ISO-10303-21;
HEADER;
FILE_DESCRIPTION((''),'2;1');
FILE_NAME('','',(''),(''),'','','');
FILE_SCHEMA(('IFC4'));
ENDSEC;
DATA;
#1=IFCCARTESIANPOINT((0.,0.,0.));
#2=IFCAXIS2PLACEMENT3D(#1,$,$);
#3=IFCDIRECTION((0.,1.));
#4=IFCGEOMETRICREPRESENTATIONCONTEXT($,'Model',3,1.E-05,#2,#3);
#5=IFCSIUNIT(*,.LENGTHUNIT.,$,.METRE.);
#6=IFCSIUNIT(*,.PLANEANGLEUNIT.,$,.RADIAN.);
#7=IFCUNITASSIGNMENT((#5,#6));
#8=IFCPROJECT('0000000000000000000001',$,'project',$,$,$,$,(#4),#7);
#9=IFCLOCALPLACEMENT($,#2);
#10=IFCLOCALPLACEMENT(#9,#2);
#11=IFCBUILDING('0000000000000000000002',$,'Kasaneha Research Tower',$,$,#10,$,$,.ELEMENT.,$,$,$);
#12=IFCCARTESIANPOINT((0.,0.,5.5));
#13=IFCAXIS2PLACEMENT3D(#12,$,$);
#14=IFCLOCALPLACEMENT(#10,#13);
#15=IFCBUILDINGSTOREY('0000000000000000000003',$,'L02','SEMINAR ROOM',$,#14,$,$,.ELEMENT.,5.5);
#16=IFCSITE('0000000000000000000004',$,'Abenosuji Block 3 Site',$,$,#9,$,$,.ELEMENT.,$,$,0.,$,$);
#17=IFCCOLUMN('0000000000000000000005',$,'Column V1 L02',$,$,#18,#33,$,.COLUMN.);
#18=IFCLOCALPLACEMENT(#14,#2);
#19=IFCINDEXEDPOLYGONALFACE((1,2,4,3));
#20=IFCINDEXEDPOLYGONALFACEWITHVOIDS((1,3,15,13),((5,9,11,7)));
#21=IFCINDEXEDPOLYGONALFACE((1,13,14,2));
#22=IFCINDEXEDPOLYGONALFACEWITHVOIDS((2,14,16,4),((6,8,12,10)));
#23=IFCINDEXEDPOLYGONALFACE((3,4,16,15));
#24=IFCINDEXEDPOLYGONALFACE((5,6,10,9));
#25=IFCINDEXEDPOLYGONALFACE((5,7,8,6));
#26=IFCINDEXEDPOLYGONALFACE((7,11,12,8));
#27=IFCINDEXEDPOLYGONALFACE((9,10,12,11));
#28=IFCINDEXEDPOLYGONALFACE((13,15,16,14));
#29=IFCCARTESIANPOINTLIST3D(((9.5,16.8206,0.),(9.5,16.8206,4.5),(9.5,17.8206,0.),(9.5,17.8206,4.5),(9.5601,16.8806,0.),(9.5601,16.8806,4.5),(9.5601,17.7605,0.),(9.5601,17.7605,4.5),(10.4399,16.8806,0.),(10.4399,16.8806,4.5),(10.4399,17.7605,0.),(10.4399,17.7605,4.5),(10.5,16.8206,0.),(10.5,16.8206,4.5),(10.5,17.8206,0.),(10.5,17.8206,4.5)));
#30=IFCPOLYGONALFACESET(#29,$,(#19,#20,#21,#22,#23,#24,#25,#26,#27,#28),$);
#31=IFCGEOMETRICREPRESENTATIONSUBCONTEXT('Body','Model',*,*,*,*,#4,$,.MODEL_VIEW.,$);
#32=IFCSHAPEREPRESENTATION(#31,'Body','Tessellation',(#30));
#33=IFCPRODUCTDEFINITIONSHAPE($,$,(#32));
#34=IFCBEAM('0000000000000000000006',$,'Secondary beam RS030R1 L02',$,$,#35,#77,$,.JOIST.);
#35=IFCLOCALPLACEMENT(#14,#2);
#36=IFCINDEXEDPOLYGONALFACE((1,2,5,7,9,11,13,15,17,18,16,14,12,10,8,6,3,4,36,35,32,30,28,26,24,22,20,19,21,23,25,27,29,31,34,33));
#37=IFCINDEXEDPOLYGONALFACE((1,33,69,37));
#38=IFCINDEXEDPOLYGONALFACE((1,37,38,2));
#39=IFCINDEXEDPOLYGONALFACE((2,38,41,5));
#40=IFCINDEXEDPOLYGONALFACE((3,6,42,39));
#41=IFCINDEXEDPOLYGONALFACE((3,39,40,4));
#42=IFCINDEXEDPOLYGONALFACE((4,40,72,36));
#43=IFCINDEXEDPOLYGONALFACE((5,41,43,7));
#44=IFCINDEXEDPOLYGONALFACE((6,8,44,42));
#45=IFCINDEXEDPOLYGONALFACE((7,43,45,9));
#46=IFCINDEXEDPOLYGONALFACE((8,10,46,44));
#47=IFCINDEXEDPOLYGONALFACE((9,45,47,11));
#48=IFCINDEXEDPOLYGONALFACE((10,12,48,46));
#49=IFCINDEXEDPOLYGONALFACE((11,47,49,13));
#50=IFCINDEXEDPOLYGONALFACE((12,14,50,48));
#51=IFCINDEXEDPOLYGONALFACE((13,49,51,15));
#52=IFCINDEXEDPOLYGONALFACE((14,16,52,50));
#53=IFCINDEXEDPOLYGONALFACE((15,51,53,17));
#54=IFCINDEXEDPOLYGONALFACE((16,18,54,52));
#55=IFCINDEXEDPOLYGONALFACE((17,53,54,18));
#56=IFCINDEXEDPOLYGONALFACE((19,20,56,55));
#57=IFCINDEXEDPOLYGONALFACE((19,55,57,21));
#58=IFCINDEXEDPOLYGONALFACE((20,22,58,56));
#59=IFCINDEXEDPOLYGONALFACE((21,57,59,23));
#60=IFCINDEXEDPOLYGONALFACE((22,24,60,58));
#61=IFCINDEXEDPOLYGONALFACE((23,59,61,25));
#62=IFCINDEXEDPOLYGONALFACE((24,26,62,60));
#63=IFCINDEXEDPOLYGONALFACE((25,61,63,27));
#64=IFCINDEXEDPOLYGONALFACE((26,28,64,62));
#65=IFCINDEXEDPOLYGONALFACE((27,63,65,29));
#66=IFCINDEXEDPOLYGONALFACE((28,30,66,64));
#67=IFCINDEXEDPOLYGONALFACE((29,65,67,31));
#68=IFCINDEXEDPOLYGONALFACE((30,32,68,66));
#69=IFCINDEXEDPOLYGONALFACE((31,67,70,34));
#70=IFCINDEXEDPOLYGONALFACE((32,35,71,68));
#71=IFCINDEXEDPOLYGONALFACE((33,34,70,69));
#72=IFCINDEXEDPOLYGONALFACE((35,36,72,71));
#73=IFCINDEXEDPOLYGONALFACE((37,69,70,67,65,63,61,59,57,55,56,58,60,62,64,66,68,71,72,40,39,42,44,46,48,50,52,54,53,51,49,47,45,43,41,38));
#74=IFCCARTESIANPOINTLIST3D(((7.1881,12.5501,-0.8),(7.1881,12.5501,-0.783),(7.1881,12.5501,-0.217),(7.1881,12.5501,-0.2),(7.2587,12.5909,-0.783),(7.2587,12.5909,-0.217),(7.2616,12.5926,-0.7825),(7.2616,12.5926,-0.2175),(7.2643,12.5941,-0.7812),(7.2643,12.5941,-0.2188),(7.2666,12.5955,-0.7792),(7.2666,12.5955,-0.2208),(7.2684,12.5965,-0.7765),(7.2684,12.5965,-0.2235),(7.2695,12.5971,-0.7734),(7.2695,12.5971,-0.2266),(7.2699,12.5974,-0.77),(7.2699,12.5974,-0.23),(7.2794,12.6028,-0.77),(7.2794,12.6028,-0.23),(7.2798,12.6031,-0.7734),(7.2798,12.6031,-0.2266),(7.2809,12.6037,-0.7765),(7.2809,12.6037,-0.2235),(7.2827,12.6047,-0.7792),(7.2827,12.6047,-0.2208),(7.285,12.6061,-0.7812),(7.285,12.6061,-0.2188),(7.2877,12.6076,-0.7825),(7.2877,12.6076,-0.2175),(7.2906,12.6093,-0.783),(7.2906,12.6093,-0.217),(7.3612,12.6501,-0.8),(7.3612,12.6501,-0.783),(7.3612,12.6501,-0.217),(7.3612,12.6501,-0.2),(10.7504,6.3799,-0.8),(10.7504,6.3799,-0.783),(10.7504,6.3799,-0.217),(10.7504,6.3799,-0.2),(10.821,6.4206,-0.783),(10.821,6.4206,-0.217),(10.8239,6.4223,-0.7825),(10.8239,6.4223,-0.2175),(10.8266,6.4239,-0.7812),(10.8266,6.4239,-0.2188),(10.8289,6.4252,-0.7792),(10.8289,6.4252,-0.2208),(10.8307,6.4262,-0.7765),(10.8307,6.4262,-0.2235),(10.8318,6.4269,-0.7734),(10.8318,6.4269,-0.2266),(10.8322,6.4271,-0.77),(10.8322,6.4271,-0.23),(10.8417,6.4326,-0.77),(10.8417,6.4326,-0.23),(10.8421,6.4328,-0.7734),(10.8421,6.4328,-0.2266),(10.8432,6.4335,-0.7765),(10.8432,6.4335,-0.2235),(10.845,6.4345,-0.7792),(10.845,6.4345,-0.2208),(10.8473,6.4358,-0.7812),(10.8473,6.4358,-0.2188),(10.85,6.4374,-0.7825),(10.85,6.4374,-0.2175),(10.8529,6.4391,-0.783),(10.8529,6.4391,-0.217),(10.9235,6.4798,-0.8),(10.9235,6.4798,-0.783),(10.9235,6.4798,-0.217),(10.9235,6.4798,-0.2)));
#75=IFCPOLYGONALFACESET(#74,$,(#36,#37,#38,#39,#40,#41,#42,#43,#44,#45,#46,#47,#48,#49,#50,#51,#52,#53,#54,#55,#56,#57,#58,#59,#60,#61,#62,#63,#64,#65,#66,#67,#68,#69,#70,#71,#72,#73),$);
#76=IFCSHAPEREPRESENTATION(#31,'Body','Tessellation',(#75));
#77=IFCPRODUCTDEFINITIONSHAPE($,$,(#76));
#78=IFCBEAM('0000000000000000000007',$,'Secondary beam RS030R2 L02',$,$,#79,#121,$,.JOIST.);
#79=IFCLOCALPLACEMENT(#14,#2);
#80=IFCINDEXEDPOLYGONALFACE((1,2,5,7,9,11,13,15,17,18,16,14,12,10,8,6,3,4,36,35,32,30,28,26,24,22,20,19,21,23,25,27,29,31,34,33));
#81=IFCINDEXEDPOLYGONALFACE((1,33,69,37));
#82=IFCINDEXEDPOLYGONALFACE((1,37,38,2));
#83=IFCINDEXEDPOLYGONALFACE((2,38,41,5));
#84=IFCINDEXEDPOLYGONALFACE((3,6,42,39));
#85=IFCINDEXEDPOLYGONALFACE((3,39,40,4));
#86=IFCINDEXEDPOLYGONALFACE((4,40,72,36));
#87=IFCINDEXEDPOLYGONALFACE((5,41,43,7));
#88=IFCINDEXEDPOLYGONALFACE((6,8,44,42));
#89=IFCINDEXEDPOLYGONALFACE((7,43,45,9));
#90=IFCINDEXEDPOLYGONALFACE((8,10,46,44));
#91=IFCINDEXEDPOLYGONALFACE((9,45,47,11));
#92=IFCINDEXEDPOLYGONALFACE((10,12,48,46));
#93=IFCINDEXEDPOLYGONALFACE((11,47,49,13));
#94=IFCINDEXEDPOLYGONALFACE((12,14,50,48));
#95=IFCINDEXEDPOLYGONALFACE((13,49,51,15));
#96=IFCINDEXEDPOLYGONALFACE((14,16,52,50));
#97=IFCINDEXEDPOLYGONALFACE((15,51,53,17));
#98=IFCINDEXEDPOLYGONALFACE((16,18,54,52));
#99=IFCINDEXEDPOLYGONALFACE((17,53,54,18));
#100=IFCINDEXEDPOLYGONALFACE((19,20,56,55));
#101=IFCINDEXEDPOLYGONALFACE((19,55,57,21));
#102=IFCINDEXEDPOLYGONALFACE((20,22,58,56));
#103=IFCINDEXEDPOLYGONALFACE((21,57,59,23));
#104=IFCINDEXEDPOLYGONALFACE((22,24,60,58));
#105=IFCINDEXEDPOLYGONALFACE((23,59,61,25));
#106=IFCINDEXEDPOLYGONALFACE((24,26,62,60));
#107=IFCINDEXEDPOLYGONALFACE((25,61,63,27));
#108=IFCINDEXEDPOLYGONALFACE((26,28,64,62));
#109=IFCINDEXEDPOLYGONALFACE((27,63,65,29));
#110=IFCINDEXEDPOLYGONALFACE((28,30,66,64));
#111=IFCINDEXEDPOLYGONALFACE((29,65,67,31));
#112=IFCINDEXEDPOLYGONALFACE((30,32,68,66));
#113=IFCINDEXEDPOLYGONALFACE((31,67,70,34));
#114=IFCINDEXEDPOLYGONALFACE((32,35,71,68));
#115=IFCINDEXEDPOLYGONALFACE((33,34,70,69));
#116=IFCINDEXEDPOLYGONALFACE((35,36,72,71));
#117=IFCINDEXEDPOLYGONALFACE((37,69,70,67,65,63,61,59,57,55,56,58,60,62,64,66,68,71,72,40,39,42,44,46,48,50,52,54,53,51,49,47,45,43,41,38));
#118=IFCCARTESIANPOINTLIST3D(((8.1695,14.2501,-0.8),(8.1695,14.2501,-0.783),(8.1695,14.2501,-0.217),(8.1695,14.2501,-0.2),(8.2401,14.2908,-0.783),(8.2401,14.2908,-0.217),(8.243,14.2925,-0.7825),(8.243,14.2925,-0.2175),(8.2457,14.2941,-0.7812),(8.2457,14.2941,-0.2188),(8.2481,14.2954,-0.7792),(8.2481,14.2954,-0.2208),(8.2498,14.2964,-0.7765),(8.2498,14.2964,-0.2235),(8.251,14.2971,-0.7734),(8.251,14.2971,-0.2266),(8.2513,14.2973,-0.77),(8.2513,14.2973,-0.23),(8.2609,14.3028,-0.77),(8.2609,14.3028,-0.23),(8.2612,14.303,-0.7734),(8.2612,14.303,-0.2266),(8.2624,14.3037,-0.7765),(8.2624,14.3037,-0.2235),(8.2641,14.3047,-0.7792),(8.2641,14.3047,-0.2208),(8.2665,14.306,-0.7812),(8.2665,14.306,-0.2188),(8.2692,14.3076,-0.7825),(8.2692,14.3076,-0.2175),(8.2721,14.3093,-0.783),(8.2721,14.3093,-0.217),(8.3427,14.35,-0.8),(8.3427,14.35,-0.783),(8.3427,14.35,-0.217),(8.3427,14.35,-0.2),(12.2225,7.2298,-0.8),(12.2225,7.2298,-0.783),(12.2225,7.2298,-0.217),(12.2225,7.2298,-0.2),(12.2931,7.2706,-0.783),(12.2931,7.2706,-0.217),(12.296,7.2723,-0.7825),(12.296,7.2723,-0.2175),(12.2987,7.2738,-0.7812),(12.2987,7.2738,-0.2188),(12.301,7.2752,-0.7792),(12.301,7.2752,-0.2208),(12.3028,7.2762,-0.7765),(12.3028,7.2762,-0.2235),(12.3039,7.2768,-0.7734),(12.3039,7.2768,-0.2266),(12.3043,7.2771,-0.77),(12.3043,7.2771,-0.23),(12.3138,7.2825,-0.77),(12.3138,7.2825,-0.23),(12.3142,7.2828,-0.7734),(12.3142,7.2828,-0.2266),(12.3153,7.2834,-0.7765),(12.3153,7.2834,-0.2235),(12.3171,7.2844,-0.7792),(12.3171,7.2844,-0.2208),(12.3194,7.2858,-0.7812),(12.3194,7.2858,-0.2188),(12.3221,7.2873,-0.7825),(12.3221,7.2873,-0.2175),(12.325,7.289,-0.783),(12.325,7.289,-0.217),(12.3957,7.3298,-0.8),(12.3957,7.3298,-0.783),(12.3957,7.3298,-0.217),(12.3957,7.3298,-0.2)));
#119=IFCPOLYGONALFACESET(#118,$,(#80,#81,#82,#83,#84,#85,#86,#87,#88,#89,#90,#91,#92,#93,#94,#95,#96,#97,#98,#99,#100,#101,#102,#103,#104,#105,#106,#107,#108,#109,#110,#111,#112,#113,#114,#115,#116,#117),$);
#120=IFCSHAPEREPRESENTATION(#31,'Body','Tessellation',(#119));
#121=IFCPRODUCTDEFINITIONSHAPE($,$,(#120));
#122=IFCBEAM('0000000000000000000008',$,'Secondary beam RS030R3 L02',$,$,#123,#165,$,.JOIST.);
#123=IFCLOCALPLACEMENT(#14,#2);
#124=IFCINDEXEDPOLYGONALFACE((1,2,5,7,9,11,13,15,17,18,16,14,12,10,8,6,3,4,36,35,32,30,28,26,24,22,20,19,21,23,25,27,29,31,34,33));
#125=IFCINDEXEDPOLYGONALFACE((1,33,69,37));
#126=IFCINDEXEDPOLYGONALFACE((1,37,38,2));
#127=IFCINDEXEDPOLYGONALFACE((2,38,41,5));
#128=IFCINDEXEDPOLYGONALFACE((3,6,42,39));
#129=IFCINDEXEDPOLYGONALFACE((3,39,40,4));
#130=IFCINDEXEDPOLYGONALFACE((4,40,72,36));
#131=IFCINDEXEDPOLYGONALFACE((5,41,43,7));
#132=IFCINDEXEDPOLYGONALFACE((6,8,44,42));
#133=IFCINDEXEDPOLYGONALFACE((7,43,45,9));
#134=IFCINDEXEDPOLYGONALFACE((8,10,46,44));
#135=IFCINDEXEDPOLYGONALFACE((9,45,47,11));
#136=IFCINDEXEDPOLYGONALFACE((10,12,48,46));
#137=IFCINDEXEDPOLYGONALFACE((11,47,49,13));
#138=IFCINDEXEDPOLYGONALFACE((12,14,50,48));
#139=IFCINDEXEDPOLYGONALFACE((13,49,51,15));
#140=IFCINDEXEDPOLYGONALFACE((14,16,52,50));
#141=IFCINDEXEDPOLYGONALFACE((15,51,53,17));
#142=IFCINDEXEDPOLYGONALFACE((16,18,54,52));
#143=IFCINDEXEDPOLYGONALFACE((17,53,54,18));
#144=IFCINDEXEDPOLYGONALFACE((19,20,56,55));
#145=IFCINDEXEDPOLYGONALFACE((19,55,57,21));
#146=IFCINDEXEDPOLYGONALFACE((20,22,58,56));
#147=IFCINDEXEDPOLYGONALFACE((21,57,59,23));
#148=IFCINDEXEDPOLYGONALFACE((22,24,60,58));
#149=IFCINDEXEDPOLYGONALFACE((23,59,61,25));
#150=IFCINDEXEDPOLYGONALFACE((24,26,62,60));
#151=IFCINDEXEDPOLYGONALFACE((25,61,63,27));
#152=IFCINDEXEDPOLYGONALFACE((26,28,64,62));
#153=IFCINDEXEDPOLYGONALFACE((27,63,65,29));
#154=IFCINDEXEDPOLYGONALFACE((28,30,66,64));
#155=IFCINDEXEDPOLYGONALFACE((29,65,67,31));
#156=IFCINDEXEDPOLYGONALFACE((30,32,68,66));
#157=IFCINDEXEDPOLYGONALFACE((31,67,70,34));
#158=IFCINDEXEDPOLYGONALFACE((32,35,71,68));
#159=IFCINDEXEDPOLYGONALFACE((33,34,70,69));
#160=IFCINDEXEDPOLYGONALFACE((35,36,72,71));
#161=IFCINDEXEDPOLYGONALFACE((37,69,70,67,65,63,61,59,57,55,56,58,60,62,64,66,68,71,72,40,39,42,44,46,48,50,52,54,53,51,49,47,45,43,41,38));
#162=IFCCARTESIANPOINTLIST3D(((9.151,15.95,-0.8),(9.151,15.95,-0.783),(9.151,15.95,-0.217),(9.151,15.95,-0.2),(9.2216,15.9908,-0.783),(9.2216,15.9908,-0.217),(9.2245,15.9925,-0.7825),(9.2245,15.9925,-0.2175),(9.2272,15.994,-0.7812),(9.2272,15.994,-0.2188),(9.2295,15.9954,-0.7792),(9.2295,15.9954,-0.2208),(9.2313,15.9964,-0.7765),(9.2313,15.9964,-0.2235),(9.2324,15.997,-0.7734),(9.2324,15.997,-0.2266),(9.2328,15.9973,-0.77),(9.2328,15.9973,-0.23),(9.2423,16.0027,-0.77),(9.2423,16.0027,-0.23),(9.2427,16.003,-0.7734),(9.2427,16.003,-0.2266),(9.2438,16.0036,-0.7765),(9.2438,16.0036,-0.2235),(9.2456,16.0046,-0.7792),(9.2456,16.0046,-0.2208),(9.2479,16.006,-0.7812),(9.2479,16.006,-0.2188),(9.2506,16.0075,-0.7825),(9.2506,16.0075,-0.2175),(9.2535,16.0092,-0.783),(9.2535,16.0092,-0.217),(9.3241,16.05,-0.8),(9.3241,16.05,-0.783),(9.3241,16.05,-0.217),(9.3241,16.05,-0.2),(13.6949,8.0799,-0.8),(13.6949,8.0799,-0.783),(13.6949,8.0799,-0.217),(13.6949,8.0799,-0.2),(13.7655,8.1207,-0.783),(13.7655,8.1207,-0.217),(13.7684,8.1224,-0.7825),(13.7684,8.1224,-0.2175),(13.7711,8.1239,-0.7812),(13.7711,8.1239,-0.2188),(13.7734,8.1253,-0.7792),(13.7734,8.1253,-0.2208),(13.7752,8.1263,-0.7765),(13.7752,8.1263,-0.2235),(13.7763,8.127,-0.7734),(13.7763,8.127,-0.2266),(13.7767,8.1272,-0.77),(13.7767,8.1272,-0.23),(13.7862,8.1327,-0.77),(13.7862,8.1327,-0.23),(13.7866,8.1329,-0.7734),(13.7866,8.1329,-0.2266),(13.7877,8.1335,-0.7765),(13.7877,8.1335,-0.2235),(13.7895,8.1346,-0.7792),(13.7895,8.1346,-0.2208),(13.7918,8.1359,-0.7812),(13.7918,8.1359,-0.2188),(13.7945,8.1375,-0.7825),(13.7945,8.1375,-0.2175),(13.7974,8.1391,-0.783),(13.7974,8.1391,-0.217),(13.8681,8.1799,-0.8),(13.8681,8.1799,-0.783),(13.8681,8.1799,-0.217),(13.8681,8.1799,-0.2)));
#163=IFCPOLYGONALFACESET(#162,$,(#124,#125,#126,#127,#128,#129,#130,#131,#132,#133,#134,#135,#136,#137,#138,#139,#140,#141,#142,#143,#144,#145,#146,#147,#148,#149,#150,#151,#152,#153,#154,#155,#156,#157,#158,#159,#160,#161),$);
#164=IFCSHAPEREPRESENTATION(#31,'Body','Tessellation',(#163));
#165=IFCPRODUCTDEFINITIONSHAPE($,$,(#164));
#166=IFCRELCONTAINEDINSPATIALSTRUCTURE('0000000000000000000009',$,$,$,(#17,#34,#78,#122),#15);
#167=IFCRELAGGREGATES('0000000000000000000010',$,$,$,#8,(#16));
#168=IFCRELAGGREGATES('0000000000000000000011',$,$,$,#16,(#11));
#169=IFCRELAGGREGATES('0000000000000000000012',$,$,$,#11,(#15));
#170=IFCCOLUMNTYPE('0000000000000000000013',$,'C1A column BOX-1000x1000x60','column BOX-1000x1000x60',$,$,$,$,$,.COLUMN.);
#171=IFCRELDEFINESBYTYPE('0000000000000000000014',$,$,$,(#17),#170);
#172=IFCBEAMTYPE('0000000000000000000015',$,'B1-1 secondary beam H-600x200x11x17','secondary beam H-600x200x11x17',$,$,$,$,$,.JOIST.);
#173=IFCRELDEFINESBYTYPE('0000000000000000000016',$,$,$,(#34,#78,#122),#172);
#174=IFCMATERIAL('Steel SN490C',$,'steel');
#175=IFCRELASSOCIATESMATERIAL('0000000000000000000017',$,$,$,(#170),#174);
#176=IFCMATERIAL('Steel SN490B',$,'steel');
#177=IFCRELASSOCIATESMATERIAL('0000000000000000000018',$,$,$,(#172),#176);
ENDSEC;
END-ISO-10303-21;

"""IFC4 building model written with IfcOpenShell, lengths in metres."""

from ifc_helpers import new_model, si_unit, direction, frame, origin, origin_2d, place, context, subcontext, project, spatial, hollow_rectangle, i_section, extrude, material, material_profile, profile_set, type_object, element, save


model = new_model("IFC4")

# Units and contexts
model_context = context("Model", 3, precision=1e-05, world=origin(), true_north=direction((0.0, 1.0)))
body_context = subcontext(model_context, "Body", "Model", "MODEL_VIEW")
ifc_project = project(units=[si_unit("LENGTHUNIT", "METRE"), si_unit("PLANEANGLEUNIT", "RADIAN")], contexts=[model_context])

# Site, building, storey
site_placement = place(None, origin())
site = spatial("IfcSite", under=ifc_project, at=site_placement, Name="Abenosuji Block 3 Site", CompositionType="ELEMENT", RefElevation=0.0)
building_placement = place(site_placement, origin())
building = spatial("IfcBuilding", under=site, at=building_placement, Name="Kasaneha Research Tower", CompositionType="ELEMENT")
storey_placement = place(building_placement, frame((0.0, 0.0, 5.5)))
storey = spatial("IfcBuildingStorey", under=building, at=storey_placement, Name="L02", Description="SEMINAR ROOM", CompositionType="ELEMENT", Elevation=5.5)

# Column
ifc_material_1 = material(Name="Steel SN490C", Category="steel")
ifc_material_profile_1 = material_profile(ifc_material_1, hollow_rectangle(XDim=1.0, YDim=1.0, WallThickness=0.0601, at=origin_2d()), Name="BOX-1000x1000x60")
ifc_profile_set_1 = profile_set([ifc_material_profile_1], Name="Steel SN490C")
column_type = type_object("IfcColumnType", Name="C1A column BOX-1000x1000x60", Description="column BOX-1000x1000x60", PredefinedType="COLUMN", material=ifc_profile_set_1)
column_placement = place(storey_placement, frame((10.0, 17.3206, 0.0), z_axis=(0.0, 0.0, 1.0), x_axis=(1.0, 0.0, 0.0)))
element("IfcColumn", 1, at=column_placement, inside=storey, type_object=column_type, Name="Column V1 L02", PredefinedType="COLUMN", context=body_context, shape_type="SweptSolid", body=[
    extrude(hollow_rectangle(XDim=1.0, YDim=1.0, WallThickness=0.0601, at=origin_2d()), origin(), (0.0, 0.0, 1.0), 4.5),
])

# Beams
ifc_material_2 = material(Name="Steel SN490B", Category="steel")
ifc_material_profile_2 = material_profile(ifc_material_2, i_section(OverallWidth=0.2, OverallDepth=0.6001, WebThickness=0.011, FlangeThickness=0.0171, FilletRadius=0.0129, at=origin_2d()), Name="H-600x200x11x17")
ifc_profile_set_2 = profile_set([ifc_material_profile_2], Name="Steel SN490B")
beam_type_1 = type_object("IfcBeamType", Name="B1-1 secondary beam H-600x200x11x17", Description="secondary beam H-600x200x11x17", PredefinedType="JOIST", material=ifc_profile_set_2)
beam_1_placement = place(storey_placement, frame((7.2747, 12.6001, -0.5), z_axis=(0.49999, -0.866031, 0.0), x_axis=(0.866031, 0.49999, 0.0)))
element("IfcBeam", 2, at=beam_1_placement, inside=storey, type_object=beam_type_1, Name="Secondary beam RS030R1 L02", PredefinedType="JOIST", context=body_context, shape_type="SweptSolid", body=[
    extrude(i_section(OverallWidth=0.2, OverallDepth=0.6001, WebThickness=0.011, FlangeThickness=0.0171, FilletRadius=0.0129, at=origin_2d()), origin(), (0.0, 0.0, 1.0), 7.1248),
])
beam_2_placement = place(storey_placement, frame((8.2561, 14.3, -0.5), z_axis=(0.499984, -0.866035, 0.0), x_axis=(0.866035, 0.499984, 0.0)))
element("IfcBeam", 3, at=beam_2_placement, inside=storey, type_object=beam_type_1, Name="Secondary beam RS030R2 L02", PredefinedType="JOIST", context=body_context, shape_type="SweptSolid", body=[
    extrude(i_section(OverallWidth=0.2, OverallDepth=0.6001, WebThickness=0.011, FlangeThickness=0.0171, FilletRadius=0.0129, at=origin_2d()), origin(), (0.0, 0.0, 1.0), 8.1062),
])
beam_3_placement = place(storey_placement, frame((9.2375, 16.0, -0.5), z_axis=(0.500011, -0.866019, 0.0), x_axis=(0.866019, 0.500011, 0.0)))
element("IfcBeam", 4, at=beam_3_placement, inside=storey, type_object=beam_type_1, Name="Secondary beam RS030R3 L02", PredefinedType="JOIST", context=body_context, shape_type="SweptSolid", body=[
    extrude(i_section(OverallWidth=0.2, OverallDepth=0.6001, WebThickness=0.011, FlangeThickness=0.0171, FilletRadius=0.0129, at=origin_2d()), origin(), (0.0, 0.0, 1.0), 9.0876),
])

save(model, "model.ifc")
